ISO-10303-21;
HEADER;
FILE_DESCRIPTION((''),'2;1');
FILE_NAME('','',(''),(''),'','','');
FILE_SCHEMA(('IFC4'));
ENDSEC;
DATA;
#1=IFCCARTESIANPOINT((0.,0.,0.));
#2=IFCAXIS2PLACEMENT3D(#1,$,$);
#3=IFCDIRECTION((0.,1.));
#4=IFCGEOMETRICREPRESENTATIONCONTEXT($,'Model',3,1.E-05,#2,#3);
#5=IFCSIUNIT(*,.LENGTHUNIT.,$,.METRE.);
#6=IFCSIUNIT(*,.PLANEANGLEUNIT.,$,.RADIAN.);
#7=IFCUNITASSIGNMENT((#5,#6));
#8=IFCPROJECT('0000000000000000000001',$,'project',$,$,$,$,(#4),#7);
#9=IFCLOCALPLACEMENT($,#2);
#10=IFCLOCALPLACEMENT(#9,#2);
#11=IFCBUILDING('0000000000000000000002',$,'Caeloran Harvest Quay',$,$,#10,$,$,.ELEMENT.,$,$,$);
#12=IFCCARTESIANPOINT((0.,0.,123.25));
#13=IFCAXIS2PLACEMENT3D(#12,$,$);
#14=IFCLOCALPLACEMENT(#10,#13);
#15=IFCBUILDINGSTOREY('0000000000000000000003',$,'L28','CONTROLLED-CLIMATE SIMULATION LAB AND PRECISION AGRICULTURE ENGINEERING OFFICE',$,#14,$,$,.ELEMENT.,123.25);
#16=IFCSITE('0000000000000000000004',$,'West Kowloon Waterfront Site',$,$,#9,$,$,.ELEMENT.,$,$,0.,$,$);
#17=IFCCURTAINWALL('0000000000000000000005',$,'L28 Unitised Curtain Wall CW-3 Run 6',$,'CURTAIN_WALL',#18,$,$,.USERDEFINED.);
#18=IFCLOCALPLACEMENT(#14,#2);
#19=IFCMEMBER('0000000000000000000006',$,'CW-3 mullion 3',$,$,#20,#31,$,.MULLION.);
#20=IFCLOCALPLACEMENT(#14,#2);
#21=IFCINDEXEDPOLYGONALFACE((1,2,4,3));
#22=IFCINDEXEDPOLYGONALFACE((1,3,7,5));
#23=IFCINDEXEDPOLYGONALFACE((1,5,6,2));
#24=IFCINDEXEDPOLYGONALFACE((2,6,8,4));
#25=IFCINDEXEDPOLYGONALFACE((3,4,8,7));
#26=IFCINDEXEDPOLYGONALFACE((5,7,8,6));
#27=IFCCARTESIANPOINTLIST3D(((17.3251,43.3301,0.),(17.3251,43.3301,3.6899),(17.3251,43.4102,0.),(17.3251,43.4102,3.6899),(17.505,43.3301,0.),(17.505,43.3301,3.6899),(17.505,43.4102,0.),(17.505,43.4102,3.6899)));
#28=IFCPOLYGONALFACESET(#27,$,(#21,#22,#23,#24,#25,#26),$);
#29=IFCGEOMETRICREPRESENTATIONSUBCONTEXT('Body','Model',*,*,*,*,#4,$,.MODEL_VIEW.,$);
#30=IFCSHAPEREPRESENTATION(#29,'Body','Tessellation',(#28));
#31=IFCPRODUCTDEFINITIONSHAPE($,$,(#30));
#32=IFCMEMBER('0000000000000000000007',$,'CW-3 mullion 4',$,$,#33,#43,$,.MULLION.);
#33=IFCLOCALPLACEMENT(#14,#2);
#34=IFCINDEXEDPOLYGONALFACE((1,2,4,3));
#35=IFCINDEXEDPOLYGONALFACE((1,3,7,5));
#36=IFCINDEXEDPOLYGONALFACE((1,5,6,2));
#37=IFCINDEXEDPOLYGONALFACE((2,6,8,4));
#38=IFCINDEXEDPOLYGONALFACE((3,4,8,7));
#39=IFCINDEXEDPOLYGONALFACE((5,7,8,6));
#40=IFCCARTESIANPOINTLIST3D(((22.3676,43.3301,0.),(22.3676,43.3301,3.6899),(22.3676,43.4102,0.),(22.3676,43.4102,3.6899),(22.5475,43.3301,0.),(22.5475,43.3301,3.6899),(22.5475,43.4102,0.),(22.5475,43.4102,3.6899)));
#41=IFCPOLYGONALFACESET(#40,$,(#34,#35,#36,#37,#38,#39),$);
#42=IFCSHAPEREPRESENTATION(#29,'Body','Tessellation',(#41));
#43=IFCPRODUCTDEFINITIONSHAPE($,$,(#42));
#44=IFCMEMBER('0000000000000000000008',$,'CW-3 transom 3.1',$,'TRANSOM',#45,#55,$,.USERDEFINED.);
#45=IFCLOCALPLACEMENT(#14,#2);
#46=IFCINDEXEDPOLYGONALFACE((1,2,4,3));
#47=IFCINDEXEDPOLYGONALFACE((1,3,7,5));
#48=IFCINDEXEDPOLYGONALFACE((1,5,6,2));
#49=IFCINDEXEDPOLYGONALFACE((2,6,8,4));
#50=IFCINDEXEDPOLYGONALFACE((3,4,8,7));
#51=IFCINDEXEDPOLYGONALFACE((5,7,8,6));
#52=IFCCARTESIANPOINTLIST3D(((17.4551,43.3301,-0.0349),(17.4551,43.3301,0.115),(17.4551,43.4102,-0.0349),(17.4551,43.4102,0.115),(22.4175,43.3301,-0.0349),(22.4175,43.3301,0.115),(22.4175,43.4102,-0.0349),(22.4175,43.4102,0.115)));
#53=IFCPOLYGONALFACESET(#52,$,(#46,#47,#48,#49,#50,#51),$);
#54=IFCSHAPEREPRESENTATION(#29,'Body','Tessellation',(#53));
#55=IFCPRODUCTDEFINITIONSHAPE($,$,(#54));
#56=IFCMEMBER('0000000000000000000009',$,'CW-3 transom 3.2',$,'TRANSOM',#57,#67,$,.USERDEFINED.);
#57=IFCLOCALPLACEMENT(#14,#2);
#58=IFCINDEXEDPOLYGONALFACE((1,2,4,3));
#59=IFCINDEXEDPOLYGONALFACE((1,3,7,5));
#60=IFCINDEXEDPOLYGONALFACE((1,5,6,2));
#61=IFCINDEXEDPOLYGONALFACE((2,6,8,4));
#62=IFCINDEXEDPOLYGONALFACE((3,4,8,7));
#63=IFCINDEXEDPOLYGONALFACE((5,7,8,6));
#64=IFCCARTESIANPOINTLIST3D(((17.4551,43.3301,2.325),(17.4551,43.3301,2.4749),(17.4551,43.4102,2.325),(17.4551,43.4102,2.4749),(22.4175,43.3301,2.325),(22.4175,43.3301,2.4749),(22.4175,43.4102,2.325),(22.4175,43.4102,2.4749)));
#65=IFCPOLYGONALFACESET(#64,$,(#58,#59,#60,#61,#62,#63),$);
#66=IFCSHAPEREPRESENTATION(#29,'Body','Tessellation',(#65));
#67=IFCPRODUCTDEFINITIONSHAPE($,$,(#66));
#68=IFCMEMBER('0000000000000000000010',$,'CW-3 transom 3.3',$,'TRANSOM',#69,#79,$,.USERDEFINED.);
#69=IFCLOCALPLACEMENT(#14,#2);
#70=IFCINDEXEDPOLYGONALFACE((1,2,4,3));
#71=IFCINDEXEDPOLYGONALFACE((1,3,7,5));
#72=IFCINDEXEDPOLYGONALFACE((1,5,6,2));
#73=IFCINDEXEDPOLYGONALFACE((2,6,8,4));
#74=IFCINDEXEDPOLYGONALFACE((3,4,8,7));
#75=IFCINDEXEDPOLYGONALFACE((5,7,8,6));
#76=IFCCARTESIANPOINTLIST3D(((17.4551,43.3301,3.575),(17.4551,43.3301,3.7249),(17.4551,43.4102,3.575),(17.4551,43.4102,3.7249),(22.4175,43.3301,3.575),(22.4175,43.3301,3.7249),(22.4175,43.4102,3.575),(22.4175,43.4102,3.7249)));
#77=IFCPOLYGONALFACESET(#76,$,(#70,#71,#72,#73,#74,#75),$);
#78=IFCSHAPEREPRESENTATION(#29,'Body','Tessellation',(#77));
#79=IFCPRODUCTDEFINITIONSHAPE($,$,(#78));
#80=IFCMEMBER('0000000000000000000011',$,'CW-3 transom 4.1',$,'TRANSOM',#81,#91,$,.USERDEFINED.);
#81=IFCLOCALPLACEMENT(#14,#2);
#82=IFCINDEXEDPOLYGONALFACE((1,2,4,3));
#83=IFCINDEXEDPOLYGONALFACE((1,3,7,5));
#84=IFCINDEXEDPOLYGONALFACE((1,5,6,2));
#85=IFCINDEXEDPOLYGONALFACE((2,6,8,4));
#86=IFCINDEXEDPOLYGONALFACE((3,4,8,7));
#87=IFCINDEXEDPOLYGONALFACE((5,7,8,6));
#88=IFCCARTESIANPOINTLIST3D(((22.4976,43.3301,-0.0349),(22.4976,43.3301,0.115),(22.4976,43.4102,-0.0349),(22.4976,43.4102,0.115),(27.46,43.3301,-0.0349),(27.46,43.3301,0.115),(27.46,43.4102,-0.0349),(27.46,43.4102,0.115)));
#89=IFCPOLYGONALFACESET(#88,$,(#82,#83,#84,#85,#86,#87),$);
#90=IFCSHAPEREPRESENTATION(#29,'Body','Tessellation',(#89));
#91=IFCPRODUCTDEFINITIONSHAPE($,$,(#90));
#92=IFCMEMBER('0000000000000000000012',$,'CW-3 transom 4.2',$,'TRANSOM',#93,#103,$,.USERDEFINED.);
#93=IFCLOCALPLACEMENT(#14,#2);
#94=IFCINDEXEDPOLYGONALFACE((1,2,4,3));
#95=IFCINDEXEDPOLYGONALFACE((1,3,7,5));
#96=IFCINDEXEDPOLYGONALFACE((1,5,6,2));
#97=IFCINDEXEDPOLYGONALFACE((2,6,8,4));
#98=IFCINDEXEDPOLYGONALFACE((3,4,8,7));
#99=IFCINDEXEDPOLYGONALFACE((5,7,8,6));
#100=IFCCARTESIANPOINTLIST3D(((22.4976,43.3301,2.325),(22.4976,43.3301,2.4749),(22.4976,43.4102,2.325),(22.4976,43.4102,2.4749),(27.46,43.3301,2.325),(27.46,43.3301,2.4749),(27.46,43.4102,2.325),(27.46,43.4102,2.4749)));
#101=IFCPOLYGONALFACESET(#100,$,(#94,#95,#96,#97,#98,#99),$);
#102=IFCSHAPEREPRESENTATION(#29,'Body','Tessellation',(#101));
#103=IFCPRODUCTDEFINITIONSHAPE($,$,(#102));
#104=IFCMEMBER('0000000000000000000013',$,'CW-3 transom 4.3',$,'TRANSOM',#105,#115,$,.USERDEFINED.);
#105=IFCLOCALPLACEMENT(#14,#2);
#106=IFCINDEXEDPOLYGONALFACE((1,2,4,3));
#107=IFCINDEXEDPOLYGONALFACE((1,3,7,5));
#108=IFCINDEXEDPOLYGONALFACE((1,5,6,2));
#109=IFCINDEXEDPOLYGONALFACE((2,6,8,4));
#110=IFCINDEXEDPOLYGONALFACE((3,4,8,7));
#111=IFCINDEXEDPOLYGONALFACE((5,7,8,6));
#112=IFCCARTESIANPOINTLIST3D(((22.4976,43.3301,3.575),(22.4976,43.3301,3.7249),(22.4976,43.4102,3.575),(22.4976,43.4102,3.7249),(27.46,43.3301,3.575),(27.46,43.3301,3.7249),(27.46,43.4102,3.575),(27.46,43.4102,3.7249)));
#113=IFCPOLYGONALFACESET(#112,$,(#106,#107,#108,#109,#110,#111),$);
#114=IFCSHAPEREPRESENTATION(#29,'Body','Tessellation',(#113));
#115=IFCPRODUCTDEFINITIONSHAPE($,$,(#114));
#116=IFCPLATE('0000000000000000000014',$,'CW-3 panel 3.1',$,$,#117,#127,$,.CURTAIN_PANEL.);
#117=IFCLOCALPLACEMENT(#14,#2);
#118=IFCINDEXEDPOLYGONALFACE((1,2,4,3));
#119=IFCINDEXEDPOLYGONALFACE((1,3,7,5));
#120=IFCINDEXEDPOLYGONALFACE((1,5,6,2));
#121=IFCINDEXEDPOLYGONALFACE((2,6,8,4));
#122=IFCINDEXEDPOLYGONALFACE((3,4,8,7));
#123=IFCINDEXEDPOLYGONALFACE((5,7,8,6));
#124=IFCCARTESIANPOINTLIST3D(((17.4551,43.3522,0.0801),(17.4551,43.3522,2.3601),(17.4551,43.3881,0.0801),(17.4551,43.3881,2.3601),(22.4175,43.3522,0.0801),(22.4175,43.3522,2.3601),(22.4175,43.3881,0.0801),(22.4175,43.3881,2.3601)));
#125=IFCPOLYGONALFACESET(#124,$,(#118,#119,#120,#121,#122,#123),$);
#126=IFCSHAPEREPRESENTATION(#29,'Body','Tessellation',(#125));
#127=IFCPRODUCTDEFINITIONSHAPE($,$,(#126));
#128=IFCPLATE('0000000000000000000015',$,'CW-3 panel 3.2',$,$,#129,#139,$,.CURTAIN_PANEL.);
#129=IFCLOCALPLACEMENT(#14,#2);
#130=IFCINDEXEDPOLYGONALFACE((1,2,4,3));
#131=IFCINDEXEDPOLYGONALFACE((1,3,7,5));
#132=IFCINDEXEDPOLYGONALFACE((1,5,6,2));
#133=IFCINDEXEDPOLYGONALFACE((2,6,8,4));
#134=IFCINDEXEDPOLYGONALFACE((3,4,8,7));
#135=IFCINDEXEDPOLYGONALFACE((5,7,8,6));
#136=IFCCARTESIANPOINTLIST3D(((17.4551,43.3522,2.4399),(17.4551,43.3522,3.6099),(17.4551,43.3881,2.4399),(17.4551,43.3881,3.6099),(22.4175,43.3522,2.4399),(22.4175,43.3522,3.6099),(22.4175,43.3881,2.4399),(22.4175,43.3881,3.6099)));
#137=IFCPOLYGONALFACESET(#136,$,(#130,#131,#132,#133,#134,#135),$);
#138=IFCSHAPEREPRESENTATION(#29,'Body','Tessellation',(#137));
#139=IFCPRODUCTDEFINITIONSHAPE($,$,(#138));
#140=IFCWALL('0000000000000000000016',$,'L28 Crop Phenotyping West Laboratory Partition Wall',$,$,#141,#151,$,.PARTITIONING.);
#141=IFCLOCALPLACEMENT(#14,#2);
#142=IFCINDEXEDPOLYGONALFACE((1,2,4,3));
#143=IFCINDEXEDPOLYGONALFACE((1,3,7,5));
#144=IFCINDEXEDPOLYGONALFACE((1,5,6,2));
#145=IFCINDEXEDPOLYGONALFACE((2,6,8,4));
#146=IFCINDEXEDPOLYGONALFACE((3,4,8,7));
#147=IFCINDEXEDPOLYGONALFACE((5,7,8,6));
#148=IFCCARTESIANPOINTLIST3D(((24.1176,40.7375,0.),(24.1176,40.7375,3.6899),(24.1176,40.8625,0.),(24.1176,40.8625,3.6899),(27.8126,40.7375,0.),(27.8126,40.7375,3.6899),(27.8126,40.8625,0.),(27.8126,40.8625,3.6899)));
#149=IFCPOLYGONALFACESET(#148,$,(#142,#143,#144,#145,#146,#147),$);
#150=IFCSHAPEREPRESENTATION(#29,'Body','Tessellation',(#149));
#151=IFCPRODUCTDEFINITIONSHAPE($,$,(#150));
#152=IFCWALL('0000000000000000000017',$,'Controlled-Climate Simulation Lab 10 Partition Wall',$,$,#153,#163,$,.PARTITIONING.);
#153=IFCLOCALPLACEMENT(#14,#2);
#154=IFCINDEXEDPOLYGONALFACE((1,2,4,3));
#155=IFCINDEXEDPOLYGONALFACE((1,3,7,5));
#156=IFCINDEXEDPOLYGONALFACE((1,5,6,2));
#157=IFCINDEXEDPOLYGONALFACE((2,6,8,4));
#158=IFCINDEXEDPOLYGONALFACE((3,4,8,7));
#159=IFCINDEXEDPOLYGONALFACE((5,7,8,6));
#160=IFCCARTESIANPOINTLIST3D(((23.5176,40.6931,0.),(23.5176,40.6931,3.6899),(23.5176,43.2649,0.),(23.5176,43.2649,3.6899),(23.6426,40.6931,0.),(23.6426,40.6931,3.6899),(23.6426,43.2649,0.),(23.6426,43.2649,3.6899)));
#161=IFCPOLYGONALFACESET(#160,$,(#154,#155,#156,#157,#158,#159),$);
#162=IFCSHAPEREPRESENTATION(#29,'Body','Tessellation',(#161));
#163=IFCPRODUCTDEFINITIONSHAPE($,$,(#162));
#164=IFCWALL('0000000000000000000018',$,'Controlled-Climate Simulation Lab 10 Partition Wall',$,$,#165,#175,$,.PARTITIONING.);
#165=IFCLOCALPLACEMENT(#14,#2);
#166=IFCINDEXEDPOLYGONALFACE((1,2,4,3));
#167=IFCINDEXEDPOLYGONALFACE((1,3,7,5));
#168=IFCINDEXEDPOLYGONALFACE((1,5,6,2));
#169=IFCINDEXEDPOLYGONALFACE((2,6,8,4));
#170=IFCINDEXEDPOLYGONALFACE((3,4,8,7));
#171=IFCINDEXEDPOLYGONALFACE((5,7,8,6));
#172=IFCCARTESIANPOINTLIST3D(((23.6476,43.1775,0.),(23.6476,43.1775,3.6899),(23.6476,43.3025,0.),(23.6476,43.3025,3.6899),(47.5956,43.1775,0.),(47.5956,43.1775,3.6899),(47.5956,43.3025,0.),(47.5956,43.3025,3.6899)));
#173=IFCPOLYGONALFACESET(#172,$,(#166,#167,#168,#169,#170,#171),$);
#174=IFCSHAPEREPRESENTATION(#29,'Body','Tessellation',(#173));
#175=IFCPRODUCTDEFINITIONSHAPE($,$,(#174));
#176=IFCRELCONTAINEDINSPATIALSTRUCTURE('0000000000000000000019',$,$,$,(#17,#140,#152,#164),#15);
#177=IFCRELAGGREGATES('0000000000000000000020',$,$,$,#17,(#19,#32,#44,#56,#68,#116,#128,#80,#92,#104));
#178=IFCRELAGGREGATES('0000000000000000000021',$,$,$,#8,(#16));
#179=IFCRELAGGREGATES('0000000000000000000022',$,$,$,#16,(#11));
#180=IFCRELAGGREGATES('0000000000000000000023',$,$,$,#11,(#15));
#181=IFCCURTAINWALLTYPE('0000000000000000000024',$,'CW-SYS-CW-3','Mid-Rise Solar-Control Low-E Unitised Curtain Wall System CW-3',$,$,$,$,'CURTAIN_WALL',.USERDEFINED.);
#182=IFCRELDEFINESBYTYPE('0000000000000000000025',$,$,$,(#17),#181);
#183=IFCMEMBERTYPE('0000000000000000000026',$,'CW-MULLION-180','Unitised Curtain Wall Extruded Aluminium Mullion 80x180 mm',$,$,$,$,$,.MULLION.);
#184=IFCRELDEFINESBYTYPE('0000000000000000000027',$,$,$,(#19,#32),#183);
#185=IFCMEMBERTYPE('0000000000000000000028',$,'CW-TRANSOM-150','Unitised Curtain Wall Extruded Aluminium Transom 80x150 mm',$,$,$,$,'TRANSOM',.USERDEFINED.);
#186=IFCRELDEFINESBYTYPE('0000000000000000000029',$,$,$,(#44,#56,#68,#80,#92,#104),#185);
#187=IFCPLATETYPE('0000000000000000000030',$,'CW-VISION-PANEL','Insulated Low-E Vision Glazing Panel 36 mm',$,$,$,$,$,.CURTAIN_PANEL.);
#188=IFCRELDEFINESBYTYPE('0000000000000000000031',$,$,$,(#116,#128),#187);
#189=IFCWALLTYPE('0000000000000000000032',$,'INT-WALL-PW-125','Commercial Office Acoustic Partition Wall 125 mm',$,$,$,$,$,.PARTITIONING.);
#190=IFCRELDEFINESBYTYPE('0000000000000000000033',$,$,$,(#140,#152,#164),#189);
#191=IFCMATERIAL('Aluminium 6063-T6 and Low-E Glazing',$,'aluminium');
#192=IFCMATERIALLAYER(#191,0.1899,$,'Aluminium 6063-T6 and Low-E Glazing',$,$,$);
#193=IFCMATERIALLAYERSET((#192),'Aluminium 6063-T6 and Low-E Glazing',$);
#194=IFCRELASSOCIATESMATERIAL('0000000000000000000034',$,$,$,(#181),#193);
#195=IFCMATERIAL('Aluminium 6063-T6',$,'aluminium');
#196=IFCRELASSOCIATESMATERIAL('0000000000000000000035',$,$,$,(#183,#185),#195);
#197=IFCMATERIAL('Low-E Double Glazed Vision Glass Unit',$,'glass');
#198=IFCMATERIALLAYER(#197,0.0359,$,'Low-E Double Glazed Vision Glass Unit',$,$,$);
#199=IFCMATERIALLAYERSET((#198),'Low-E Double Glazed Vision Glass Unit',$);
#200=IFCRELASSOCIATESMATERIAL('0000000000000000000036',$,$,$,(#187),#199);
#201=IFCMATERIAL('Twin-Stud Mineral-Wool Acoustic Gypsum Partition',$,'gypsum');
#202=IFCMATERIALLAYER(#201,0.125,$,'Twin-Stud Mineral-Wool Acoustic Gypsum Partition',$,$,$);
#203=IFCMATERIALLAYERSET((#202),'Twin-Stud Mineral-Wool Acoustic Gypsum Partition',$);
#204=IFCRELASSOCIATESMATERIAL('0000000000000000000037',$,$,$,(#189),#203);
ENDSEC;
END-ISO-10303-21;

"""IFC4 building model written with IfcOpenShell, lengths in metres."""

from ifc_helpers import new_model, si_unit, direction, frame, frame_2d, origin, origin_2d, place, context, subcontext, project, spatial, rectangle, extrude, material, layer, layer_set, material_profile, profile_set, type_object, element, aggregate, save


model = new_model("IFC4")

# Units and contexts
model_context = context("Model", 3, precision=1e-05, world=origin(), true_north=direction((0.0, 1.0)))
body_context = subcontext(model_context, "Body", "Model", "MODEL_VIEW")
ifc_project = project(units=[si_unit("LENGTHUNIT", "METRE"), si_unit("PLANEANGLEUNIT", "RADIAN")], contexts=[model_context])

# Site, building, storey
site_placement = place(None, origin())
site = spatial("IfcSite", under=ifc_project, at=site_placement, Name="West Kowloon Waterfront Site", CompositionType="ELEMENT", RefElevation=0.0)
building_placement = place(site_placement, origin())
building = spatial("IfcBuilding", under=site, at=building_placement, Name="Caeloran Harvest Quay", CompositionType="ELEMENT")
storey_placement = place(building_placement, frame((0.0, 0.0, 123.25)))
storey = spatial("IfcBuildingStorey", under=building, at=storey_placement, Name="L28", Description="CONTROLLED-CLIMATE SIMULATION LAB AND PRECISION AGRICULTURE ENGINEERING OFFICE", CompositionType="ELEMENT", Elevation=123.25)

# Curtain wall, members, plates
ifc_material_1 = material(Name="Aluminium 6063-T6 and Low-E Glazing", Category="aluminium")
ifc_layer_1 = layer(ifc_material_1, 0.1899, Name="Aluminium 6063-T6 and Low-E Glazing")
ifc_layer_set_1 = layer_set([ifc_layer_1], Name="Aluminium 6063-T6 and Low-E Glazing")
curtain_wall_type = type_object("IfcCurtainWallType", Name="CW-SYS-CW-3", Description="Mid-Rise Solar-Control Low-E Unitised Curtain Wall System CW-3", ElementType="CURTAIN_WALL", PredefinedType="USERDEFINED", material=ifc_layer_set_1)
curtain_wall_placement = place(storey_placement, origin())
curtain_wall = element("IfcCurtainWall", 1, at=curtain_wall_placement, inside=storey, type_object=curtain_wall_type, Name="L28 Unitised Curtain Wall CW-3 Run 6", ObjectType="CURTAIN_WALL", PredefinedType="USERDEFINED")
ifc_material_2 = material(Name="Aluminium 6063-T6", Category="aluminium")
ifc_material_profile_1 = material_profile(ifc_material_2, rectangle(XDim=0.0801, YDim=0.1799, at=origin_2d()), Name="CW-MULLION-180")
ifc_profile_set_1 = profile_set([ifc_material_profile_1], Name="Aluminium 6063-T6")
member_type_1 = type_object("IfcMemberType", Name="CW-MULLION-180", Description="Unitised Curtain Wall Extruded Aluminium Mullion 80x180 mm", PredefinedType="MULLION", material=ifc_profile_set_1)
member_1_placement = place(storey_placement, frame((17.415, 43.3701, 0.0), z_axis=(0.0, 0.0, 1.0), x_axis=(0.0, 1.0, 0.0)))
member_1 = element("IfcMember", 2, at=member_1_placement, type_object=member_type_1, Name="CW-3 mullion 3", PredefinedType="MULLION", context=body_context, shape_type="SweptSolid", body=[
    extrude(rectangle(XDim=0.0801, YDim=0.1799, at=origin_2d()), origin(), (0.0, 0.0, 1.0), 3.6899),
])
member_2_placement = place(storey_placement, frame((22.4575, 43.3701, 0.0), z_axis=(0.0, 0.0, 1.0), x_axis=(0.0, 1.0, 0.0)))
member_2 = element("IfcMember", 3, at=member_2_placement, type_object=member_type_1, Name="CW-3 mullion 4", PredefinedType="MULLION", context=body_context, shape_type="SweptSolid", body=[
    extrude(rectangle(XDim=0.0801, YDim=0.1799, at=origin_2d()), origin(), (0.0, 0.0, 1.0), 3.6899),
])
ifc_material_profile_2 = material_profile(ifc_material_2, rectangle(XDim=0.0801, YDim=0.1499, at=origin_2d()), Name="CW-TRANSOM-150")
ifc_profile_set_2 = profile_set([ifc_material_profile_2], Name="Aluminium 6063-T6")
member_type_2 = type_object("IfcMemberType", Name="CW-TRANSOM-150", Description="Unitised Curtain Wall Extruded Aluminium Transom 80x150 mm", ElementType="TRANSOM", PredefinedType="USERDEFINED", material=ifc_profile_set_2)
member_3_placement = place(storey_placement, frame((17.4551, 43.3701, 0.04), z_axis=(1.0, 0.0, 0.0), x_axis=(0.0, 1.0, 0.0)))
member_3 = element("IfcMember", 4, at=member_3_placement, type_object=member_type_2, Name="CW-3 transom 3.1", ObjectType="TRANSOM", PredefinedType="USERDEFINED", context=body_context, shape_type="SweptSolid", body=[
    extrude(rectangle(XDim=0.0801, YDim=0.1499, at=origin_2d()), origin(), (0.0, 0.0, 1.0), 4.9624),
])
member_4_placement = place(storey_placement, frame((17.4551, 43.3701, 2.3999), z_axis=(1.0, 0.0, 0.0), x_axis=(0.0, 1.0, 0.0)))
member_4 = element("IfcMember", 5, at=member_4_placement, type_object=member_type_2, Name="CW-3 transom 3.2", ObjectType="TRANSOM", PredefinedType="USERDEFINED", context=body_context, shape_type="SweptSolid", body=[
    extrude(rectangle(XDim=0.0801, YDim=0.1499, at=origin_2d()), origin(), (0.0, 0.0, 1.0), 4.9624),
])
member_5_placement = place(storey_placement, frame((17.4551, 43.3701, 3.6499), z_axis=(1.0, 0.0, 0.0), x_axis=(0.0, 1.0, 0.0)))
member_5 = element("IfcMember", 6, at=member_5_placement, type_object=member_type_2, Name="CW-3 transom 3.3", ObjectType="TRANSOM", PredefinedType="USERDEFINED", context=body_context, shape_type="SweptSolid", body=[
    extrude(rectangle(XDim=0.0801, YDim=0.1499, at=origin_2d()), origin(), (0.0, 0.0, 1.0), 4.9624),
])
member_6_placement = place(storey_placement, frame((22.4976, 43.3701, 0.04), z_axis=(1.0, 0.0, 0.0), x_axis=(0.0, 1.0, 0.0)))
member_6 = element("IfcMember", 7, at=member_6_placement, type_object=member_type_2, Name="CW-3 transom 4.1", ObjectType="TRANSOM", PredefinedType="USERDEFINED", context=body_context, shape_type="SweptSolid", body=[
    extrude(rectangle(XDim=0.0801, YDim=0.1499, at=origin_2d()), origin(), (0.0, 0.0, 1.0), 4.9624),
])
member_7_placement = place(storey_placement, frame((22.4976, 43.3701, 2.3999), z_axis=(1.0, 0.0, 0.0), x_axis=(0.0, 1.0, 0.0)))
member_7 = element("IfcMember", 8, at=member_7_placement, type_object=member_type_2, Name="CW-3 transom 4.2", ObjectType="TRANSOM", PredefinedType="USERDEFINED", context=body_context, shape_type="SweptSolid", body=[
    extrude(rectangle(XDim=0.0801, YDim=0.1499, at=origin_2d()), origin(), (0.0, 0.0, 1.0), 4.9624),
])
member_8_placement = place(storey_placement, frame((22.4976, 43.3701, 3.6499), z_axis=(1.0, 0.0, 0.0), x_axis=(0.0, 1.0, 0.0)))
member_8 = element("IfcMember", 9, at=member_8_placement, type_object=member_type_2, Name="CW-3 transom 4.3", ObjectType="TRANSOM", PredefinedType="USERDEFINED", context=body_context, shape_type="SweptSolid", body=[
    extrude(rectangle(XDim=0.0801, YDim=0.1499, at=origin_2d()), origin(), (0.0, 0.0, 1.0), 4.9624),
])
ifc_material_3 = material(Name="Low-E Double Glazed Vision Glass Unit", Category="glass")
ifc_layer_2 = layer(ifc_material_3, 0.0359, Name="Low-E Double Glazed Vision Glass Unit")
ifc_layer_set_2 = layer_set([ifc_layer_2], Name="Low-E Double Glazed Vision Glass Unit")
plate_type = type_object("IfcPlateType", Name="CW-VISION-PANEL", Description="Insulated Low-E Vision Glazing Panel 36 mm", PredefinedType="CURTAIN_PANEL", material=ifc_layer_set_2)
plate_1_placement = place(storey_placement, frame((19.9363, 43.3701, 0.0801), z_axis=(0.0, 0.0, 1.0), x_axis=(1.0, 0.0, 0.0)))
plate_1 = element("IfcPlate", 10, at=plate_1_placement, type_object=plate_type, Name="CW-3 panel 3.1", PredefinedType="CURTAIN_PANEL", context=body_context, shape_type="SweptSolid", body=[
    extrude(rectangle(XDim=4.9624, YDim=0.0359, at=origin_2d()), origin(), (0.0, 0.0, 1.0), 2.28),
])
plate_2_placement = place(storey_placement, frame((19.9363, 43.3701, 2.4399), z_axis=(0.0, 0.0, 1.0), x_axis=(1.0, 0.0, 0.0)))
plate_2 = element("IfcPlate", 11, at=plate_2_placement, type_object=plate_type, Name="CW-3 panel 3.2", PredefinedType="CURTAIN_PANEL", context=body_context, shape_type="SweptSolid", body=[
    extrude(rectangle(XDim=4.9624, YDim=0.0359, at=origin_2d()), origin(), (0.0, 0.0, 1.0), 1.1699),
])
aggregate(curtain_wall, [member_1, member_2, member_3, member_4, member_5, plate_1, plate_2, member_6, member_7, member_8])

# Walls
ifc_material_4 = material(Name="Twin-Stud Mineral-Wool Acoustic Gypsum Partition", Category="gypsum")
ifc_layer_3 = layer(ifc_material_4, 0.125, Name="Twin-Stud Mineral-Wool Acoustic Gypsum Partition")
ifc_layer_set_3 = layer_set([ifc_layer_3], Name="Twin-Stud Mineral-Wool Acoustic Gypsum Partition")
wall_type = type_object("IfcWallType", Name="INT-WALL-PW-125", Description="Commercial Office Acoustic Partition Wall 125 mm", PredefinedType="PARTITIONING", material=ifc_layer_set_3)
wall_1_placement = place(storey_placement, frame((24.1174, 40.8, 0.0), z_axis=(0.0, 0.0, 1.0), x_axis=(1.0, 0.0, 0.0)))
element("IfcWall", 12, at=wall_1_placement, inside=storey, type_object=wall_type, Name="L28 Crop Phenotyping West Laboratory Partition Wall", PredefinedType="PARTITIONING", context=body_context, shape_type="SweptSolid", body=[
    extrude(rectangle(XDim=3.6951, YDim=0.125, at=frame_2d((1.8477, 0.0))), origin(), (0.0, 0.0, 1.0), 3.6899),
])
wall_2_placement = place(storey_placement, frame((23.5801, 40.6931, 0.0), z_axis=(0.0, 0.0, 1.0), x_axis=(0.0, 1.0, 0.0)))
element("IfcWall", 13, at=wall_2_placement, inside=storey, type_object=wall_type, Name="Controlled-Climate Simulation Lab 10 Partition Wall", PredefinedType="PARTITIONING", context=body_context, shape_type="SweptSolid", body=[
    extrude(rectangle(XDim=2.5718, YDim=0.125, at=frame_2d((1.2859, 0.0))), origin(), (0.0, 0.0, 1.0), 3.6899),
])
wall_3_placement = place(storey_placement, frame((23.6475, 43.24, 0.0), z_axis=(0.0, 0.0, 1.0), x_axis=(1.0, 0.0, 0.0)))
element("IfcWall", 14, at=wall_3_placement, inside=storey, type_object=wall_type, Name="Controlled-Climate Simulation Lab 10 Partition Wall", PredefinedType="PARTITIONING", context=body_context, shape_type="SweptSolid", body=[
    extrude(rectangle(XDim=23.948, YDim=0.125, at=frame_2d((11.9741, 0.0))), origin(), (0.0, 0.0, 1.0), 3.6899),
])

save(model, "model.ifc")
